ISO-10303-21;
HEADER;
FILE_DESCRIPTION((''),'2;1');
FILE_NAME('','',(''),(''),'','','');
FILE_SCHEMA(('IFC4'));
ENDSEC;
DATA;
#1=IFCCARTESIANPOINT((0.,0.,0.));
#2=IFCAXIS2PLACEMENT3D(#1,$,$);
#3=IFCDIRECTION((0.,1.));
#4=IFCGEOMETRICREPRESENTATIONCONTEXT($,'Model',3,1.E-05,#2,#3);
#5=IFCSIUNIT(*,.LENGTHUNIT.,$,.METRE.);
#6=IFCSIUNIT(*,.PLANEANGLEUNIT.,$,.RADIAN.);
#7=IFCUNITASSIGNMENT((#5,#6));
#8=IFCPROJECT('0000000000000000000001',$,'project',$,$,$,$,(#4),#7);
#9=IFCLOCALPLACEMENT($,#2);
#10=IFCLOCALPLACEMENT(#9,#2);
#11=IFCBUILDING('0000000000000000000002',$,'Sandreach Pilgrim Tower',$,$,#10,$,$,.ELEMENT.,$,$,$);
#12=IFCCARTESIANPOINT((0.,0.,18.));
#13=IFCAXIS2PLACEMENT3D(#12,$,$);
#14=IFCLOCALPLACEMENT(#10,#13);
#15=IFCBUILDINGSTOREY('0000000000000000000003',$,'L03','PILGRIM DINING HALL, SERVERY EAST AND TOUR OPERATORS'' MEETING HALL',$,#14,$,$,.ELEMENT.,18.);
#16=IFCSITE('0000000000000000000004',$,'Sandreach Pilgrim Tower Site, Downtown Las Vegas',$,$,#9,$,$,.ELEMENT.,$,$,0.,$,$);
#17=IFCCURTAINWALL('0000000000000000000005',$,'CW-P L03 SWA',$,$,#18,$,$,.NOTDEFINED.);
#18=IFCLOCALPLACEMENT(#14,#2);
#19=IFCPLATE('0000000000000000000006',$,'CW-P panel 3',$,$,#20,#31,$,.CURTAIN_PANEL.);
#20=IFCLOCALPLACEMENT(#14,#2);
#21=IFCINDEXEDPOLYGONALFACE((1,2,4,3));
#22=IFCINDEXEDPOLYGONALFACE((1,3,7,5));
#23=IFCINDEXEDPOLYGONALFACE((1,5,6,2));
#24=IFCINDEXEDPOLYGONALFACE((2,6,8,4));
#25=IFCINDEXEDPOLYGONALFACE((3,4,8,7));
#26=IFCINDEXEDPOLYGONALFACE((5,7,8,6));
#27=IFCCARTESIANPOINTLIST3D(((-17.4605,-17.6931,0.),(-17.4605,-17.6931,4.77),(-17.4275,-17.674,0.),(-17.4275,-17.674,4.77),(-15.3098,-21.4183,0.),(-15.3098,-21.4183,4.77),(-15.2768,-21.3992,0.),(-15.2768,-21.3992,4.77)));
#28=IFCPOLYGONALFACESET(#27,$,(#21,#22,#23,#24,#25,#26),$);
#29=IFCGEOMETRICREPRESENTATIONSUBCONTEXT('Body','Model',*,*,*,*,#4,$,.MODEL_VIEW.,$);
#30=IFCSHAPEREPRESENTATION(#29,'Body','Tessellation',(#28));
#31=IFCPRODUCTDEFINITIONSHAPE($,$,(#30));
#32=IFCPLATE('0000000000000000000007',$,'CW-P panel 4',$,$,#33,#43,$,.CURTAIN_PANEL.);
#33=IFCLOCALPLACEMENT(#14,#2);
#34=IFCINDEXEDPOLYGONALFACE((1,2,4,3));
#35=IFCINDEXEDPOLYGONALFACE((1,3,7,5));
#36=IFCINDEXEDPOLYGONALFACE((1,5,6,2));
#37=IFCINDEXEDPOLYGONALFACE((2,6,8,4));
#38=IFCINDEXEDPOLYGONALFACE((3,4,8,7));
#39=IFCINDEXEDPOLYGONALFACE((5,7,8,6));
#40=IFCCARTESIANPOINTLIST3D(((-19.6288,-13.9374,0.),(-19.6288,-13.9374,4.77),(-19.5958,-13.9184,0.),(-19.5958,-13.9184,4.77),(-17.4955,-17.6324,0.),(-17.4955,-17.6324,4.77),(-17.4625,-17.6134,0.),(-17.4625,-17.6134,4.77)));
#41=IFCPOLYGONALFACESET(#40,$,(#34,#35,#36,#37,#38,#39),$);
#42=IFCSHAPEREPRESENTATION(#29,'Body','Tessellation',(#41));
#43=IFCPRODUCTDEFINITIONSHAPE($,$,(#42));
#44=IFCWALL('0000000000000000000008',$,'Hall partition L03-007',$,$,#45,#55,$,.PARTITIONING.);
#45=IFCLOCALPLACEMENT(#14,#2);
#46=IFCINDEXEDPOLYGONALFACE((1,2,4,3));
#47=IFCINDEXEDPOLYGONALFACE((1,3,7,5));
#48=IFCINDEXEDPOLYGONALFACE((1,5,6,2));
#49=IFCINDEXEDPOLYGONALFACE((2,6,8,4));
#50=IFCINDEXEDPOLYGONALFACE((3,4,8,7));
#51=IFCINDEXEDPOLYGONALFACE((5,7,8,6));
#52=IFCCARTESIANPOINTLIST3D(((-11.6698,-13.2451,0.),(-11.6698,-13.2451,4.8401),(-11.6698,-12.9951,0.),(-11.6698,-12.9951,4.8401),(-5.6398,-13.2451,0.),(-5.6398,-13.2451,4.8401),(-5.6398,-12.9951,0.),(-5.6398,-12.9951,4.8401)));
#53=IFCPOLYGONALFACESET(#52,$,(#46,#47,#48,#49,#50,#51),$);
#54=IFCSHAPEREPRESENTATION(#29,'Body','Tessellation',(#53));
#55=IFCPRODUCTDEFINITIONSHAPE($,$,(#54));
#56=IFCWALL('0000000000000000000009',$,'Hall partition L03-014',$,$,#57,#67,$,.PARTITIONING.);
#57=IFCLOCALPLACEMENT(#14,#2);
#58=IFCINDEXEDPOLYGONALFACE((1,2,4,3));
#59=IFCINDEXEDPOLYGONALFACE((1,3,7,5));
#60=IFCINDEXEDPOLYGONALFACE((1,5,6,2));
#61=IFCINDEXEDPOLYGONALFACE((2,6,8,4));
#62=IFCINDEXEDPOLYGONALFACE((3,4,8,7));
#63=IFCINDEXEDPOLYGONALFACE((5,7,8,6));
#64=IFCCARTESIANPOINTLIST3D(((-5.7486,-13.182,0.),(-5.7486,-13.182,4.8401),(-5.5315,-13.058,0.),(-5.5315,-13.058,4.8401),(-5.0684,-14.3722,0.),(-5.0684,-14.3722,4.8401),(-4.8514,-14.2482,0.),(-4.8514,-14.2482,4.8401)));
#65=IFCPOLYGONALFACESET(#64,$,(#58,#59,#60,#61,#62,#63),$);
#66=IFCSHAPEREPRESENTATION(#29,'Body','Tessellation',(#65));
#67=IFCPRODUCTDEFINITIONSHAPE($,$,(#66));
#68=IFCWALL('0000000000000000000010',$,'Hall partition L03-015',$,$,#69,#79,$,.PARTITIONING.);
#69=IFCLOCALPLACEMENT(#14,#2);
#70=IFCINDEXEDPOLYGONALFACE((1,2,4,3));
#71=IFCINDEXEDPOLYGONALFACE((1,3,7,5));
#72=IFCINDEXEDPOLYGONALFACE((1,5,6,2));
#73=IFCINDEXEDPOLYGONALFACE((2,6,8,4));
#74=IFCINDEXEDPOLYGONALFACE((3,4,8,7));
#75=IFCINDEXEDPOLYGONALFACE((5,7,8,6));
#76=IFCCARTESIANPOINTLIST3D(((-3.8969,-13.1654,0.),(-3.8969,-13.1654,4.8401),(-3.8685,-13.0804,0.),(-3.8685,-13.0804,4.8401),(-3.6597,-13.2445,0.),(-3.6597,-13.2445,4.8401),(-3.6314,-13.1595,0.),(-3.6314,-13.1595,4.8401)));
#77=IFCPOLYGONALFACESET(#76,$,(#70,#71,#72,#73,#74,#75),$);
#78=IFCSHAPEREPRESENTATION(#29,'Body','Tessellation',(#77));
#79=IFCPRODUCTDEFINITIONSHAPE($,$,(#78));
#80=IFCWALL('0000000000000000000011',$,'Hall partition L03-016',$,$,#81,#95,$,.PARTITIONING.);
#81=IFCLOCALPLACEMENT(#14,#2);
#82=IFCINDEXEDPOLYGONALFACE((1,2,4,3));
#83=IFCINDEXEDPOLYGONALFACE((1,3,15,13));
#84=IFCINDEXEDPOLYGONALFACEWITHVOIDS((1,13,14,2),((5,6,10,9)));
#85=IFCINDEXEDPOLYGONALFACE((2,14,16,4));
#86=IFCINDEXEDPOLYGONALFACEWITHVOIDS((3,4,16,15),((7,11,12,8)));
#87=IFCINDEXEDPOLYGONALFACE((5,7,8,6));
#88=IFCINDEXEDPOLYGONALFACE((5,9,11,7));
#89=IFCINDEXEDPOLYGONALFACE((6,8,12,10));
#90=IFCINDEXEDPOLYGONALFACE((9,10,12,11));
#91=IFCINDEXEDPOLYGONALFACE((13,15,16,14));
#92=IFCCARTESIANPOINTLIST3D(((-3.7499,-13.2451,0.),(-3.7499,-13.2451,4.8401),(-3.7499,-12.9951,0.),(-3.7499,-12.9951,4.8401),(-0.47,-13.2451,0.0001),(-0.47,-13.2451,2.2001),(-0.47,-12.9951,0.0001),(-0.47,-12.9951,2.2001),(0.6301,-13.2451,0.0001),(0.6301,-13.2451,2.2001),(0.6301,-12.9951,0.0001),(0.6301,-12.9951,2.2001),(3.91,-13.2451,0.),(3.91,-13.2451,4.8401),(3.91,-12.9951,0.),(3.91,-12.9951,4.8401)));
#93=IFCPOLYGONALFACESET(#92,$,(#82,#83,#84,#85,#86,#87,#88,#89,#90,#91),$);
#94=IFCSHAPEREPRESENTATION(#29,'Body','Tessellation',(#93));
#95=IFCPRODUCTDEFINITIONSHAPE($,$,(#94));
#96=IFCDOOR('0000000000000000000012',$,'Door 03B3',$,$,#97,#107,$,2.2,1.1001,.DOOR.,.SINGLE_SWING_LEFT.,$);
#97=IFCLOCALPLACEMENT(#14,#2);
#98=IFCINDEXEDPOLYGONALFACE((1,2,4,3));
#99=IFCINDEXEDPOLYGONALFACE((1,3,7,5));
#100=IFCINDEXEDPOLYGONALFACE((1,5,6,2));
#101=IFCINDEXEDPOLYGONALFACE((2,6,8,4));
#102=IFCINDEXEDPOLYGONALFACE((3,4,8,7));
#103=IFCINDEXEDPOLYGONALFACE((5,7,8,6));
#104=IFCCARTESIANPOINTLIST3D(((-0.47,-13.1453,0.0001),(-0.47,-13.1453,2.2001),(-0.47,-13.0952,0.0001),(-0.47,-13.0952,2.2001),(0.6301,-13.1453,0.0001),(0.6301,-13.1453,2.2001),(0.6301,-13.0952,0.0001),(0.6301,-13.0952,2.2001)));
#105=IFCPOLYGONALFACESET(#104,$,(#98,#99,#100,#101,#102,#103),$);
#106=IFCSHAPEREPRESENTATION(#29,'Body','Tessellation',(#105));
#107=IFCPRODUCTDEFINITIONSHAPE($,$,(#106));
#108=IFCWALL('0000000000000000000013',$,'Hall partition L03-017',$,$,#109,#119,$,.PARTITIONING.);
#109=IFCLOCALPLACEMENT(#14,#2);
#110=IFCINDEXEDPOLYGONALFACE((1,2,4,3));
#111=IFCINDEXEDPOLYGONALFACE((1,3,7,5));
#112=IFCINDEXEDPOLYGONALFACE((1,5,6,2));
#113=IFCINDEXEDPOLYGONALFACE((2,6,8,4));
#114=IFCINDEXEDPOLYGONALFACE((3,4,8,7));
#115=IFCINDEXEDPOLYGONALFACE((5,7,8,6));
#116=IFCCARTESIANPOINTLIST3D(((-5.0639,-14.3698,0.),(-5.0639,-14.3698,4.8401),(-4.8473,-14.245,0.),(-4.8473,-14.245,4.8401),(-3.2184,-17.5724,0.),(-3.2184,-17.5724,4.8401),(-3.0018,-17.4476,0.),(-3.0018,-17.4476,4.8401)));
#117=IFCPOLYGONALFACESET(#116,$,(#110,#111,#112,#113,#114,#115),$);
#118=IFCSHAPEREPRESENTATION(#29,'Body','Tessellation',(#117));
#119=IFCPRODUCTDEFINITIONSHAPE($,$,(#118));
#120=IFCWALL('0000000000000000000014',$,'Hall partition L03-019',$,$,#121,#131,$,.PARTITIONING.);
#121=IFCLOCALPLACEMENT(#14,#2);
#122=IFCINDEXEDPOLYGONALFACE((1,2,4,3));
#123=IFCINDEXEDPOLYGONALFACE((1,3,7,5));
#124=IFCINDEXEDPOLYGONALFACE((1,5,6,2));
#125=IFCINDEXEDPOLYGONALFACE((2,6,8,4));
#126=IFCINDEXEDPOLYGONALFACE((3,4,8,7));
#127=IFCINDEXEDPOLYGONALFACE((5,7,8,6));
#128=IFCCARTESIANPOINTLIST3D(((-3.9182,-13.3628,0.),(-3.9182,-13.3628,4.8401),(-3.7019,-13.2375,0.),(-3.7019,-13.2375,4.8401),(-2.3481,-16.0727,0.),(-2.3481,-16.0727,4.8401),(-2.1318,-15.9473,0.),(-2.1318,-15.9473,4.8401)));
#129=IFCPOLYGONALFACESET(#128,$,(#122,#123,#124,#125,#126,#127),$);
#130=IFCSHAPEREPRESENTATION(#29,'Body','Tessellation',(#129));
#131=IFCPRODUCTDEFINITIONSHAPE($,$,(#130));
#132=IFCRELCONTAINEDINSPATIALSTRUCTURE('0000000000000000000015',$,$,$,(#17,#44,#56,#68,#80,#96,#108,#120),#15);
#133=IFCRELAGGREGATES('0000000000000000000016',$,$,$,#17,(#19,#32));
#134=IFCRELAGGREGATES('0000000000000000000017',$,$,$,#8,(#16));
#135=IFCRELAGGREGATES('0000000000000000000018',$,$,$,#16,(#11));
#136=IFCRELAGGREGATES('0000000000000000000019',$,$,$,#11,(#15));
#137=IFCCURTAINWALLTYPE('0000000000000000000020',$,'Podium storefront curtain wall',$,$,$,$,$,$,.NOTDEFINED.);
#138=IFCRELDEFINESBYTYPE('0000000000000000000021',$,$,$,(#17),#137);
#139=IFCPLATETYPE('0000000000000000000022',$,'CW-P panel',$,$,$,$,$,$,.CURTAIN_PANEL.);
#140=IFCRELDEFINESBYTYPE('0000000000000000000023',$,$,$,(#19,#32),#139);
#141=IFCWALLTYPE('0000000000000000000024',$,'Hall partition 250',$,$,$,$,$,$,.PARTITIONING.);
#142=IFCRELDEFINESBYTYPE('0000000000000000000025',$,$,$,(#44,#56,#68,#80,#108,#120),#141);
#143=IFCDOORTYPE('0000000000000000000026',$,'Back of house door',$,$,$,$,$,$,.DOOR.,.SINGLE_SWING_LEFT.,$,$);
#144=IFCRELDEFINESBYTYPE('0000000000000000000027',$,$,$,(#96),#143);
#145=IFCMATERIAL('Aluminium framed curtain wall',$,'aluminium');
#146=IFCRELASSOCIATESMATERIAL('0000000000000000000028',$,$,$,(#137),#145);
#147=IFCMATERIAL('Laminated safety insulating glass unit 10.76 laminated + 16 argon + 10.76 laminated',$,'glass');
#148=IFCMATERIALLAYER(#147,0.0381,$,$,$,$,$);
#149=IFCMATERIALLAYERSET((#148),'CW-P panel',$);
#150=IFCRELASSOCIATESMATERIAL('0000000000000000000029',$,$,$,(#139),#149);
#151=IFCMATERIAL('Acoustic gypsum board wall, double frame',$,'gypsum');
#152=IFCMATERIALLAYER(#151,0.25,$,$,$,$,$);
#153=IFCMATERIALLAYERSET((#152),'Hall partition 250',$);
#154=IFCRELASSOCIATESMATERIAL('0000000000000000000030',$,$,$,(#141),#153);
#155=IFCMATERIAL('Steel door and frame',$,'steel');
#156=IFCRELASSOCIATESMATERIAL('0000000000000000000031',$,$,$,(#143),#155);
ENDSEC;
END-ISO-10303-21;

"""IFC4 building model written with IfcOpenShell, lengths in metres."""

from ifc_helpers import new_model, si_unit, direction, frame, frame_2d, origin, origin_2d, place, context, subcontext, project, spatial, rectangle, extrude, material, layer, layer_set, type_object, element, fill, aggregate, save


model = new_model("IFC4")

# Units and contexts
model_context = context("Model", 3, precision=1e-05, world=origin(), true_north=direction((0.0, 1.0)))
body_context = subcontext(model_context, "Body", "Model", "MODEL_VIEW")
ifc_project = project(units=[si_unit("LENGTHUNIT", "METRE"), si_unit("PLANEANGLEUNIT", "RADIAN")], contexts=[model_context])

# Site, building, storey
site_placement = place(None, origin())
site = spatial("IfcSite", under=ifc_project, at=site_placement, Name="Sandreach Pilgrim Tower Site, Downtown Las Vegas", CompositionType="ELEMENT", RefElevation=0.0)
building_placement = place(site_placement, origin())
building = spatial("IfcBuilding", under=site, at=building_placement, Name="Sandreach Pilgrim Tower", CompositionType="ELEMENT")
storey_placement = place(building_placement, frame((0.0, 0.0, 18.0)))
storey = spatial("IfcBuildingStorey", under=building, at=storey_placement, Name="L03", Description="PILGRIM DINING HALL, SERVERY EAST AND TOUR OPERATORS' MEETING HALL", CompositionType="ELEMENT", Elevation=18.0)

# Curtain wall
ifc_material_1 = material(Name="Aluminium framed curtain wall", Category="aluminium")
curtain_wall_type = type_object("IfcCurtainWallType", Name="Podium storefront curtain wall", PredefinedType="NOTDEFINED", material=ifc_material_1)
curtain_wall_placement = place(storey_placement, origin())
curtain_wall = element("IfcCurtainWall", 1, at=curtain_wall_placement, inside=storey, type_object=curtain_wall_type, Name="CW-P L03 SWA", PredefinedType="NOTDEFINED")

# Plates
ifc_material_2 = material(Name="Laminated safety insulating glass unit 10.76 laminated + 16 argon + 10.76 laminated", Category="glass")
ifc_layer_1 = layer(ifc_material_2, 0.0381)
ifc_layer_set_1 = layer_set([ifc_layer_1], Name="CW-P panel")
plate_type = type_object("IfcPlateType", Name="CW-P panel", PredefinedType="CURTAIN_PANEL", material=ifc_layer_set_1)
plate_1_placement = place(storey_placement, frame((-16.3687, -19.5461, 0.0), z_axis=(0.0, 0.0, 1.0), x_axis=(-0.5, 0.866025, 0.0)))
plate_1 = element("IfcPlate", 2, at=plate_1_placement, type_object=plate_type, Name="CW-P panel 3", PredefinedType="CURTAIN_PANEL", context=body_context, shape_type="SweptSolid", body=[
    extrude(rectangle(XDim=4.3015, YDim=0.0381, at=origin_2d()), origin(), (0.0, 0.0, 1.0), 4.77),
])
plate_2_placement = place(storey_placement, frame((-18.5457, -15.7754, 0.0), z_axis=(0.0, 0.0, 1.0), x_axis=(-0.5, 0.866025, 0.0)))
plate_2 = element("IfcPlate", 3, at=plate_2_placement, type_object=plate_type, Name="CW-P panel 4", PredefinedType="CURTAIN_PANEL", context=body_context, shape_type="SweptSolid", body=[
    extrude(rectangle(XDim=4.2666, YDim=0.0381, at=origin_2d()), origin(), (0.0, 0.0, 1.0), 4.77),
])
aggregate(curtain_wall, [plate_1, plate_2])

# Walls
ifc_material_3 = material(Name="Acoustic gypsum board wall, double frame", Category="gypsum")
ifc_layer_2 = layer(ifc_material_3, 0.25)
ifc_layer_set_2 = layer_set([ifc_layer_2], Name="Hall partition 250")
wall_type_1 = type_object("IfcWallType", Name="Hall partition 250", PredefinedType="PARTITIONING", material=ifc_layer_set_2)
wall_1_placement = place(storey_placement, frame((-11.6699, -13.1201, 0.0), z_axis=(0.0, 0.0, 1.0), x_axis=(1.0, 0.0, 0.0)))
element("IfcWall", 4, at=wall_1_placement, inside=storey, type_object=wall_type_1, Name="Hall partition L03-007", PredefinedType="PARTITIONING", context=body_context, shape_type="SweptSolid", body=[
    extrude(rectangle(XDim=6.03, YDim=0.25, at=frame_2d((3.0151, 0.0))), origin(), (0.0, 0.0, 1.0), 4.8401),
])
wall_2_placement = place(storey_placement, frame((-5.6401, -13.1199, 0.0), z_axis=(0.0, 0.0, 1.0), x_axis=(0.496177, -0.868221, 0.0)))
element("IfcWall", 5, at=wall_2_placement, inside=storey, type_object=wall_type_1, Name="Hall partition L03-014", PredefinedType="PARTITIONING", context=body_context, shape_type="SweptSolid", body=[
    extrude(rectangle(XDim=1.3708, YDim=0.25, at=frame_2d((0.6855, 0.0))), origin(), (0.0, 0.0, 1.0), 4.8401),
])
wall_3_placement = place(storey_placement, frame((-3.7783, -13.2051, 0.0), z_axis=(0.0, 0.0, 1.0), x_axis=(0.316228, 0.948683, 0.0)))
element("IfcWall", 6, at=wall_3_placement, inside=storey, type_object=wall_type_1, Name="Hall partition L03-015", PredefinedType="PARTITIONING", context=body_context, shape_type="SweptSolid", body=[
    extrude(rectangle(XDim=0.0896, YDim=0.25, at=frame_2d((0.0449, 0.0))), origin(), (0.0, 0.0, 1.0), 4.8401),
])

# Wall, opening, door
wall_4_placement = place(storey_placement, frame((-3.75, -13.1201, 0.0), z_axis=(0.0, 0.0, 1.0), x_axis=(1.0, 0.0, 0.0)))
wall_4 = element("IfcWall", 7, at=wall_4_placement, inside=storey, type_object=wall_type_1, Name="Hall partition L03-016", PredefinedType="PARTITIONING", context=body_context, shape_type="SweptSolid", body=[
    extrude(rectangle(XDim=7.6599, YDim=0.25, at=frame_2d((3.8301, 0.0))), origin(), (0.0, 0.0, 1.0), 4.8401),
])
opening_1_placement = place(wall_4_placement, frame((3.28, 0.0, 0.0)))
opening_1 = element("IfcOpeningElement", 8, at=opening_1_placement, cuts=wall_4, PredefinedType="OPENING", context=body_context, shape_type="SweptSolid", body=[
    extrude(rectangle(XDim=1.1001, YDim=2.2, at=frame_2d((0.55, 1.1001))), frame((0.0, 0.125, 0.0), z_axis=(0.0, -1.0, 0.0), x_axis=(1.0, 0.0, 0.0)), (0.0, 0.0, 1.0), 0.25),
])
ifc_material_4 = material(Name="Steel door and frame", Category="steel")
door_type_1 = type_object("IfcDoorType", Name="Back of house door", OperationType="SINGLE_SWING_LEFT", PredefinedType="DOOR", material=ifc_material_4)
door_1_placement = place(opening_1_placement, origin())
door_1 = element("IfcDoor", 9, at=door_1_placement, inside=storey, type_object=door_type_1, Name="Door 03B3", OperationType="SINGLE_SWING_LEFT", OverallHeight=2.2, OverallWidth=1.1001, PredefinedType="DOOR", context=body_context, shape_type="SweptSolid", body=[
    extrude(rectangle(XDim=1.1001, YDim=2.2, at=frame_2d((0.55, 1.1001))), frame((0.0, 0.0249, 0.0), z_axis=(0.0, -1.0, 0.0), x_axis=(1.0, 0.0, 0.0)), (0.0, 0.0, 1.0), 0.05),
])
fill(opening_1, door_1)

# Wall
wall_5_placement = place(storey_placement, frame((-3.1101, -17.51, 0.0), z_axis=(0.0, 0.0, 1.0), x_axis=(-0.499273, 0.866445, 0.0)))
element("IfcWall", 10, at=wall_5_placement, inside=storey, type_object=wall_type_1, Name="Hall partition L03-017", PredefinedType="PARTITIONING", context=body_context, shape_type="SweptSolid", body=[
    extrude(rectangle(XDim=3.6963, YDim=0.25, at=frame_2d((1.8481, 0.0))), origin(), (0.0, 0.0, 1.0), 4.8401),
])

# Wall
wall_6_placement = place(storey_placement, frame((-2.24, -16.01, 0.0), z_axis=(0.0, 0.0, 1.0), x_axis=(-0.50131, 0.865268, 0.0)))
element("IfcWall", 11, at=wall_6_placement, inside=storey, type_object=wall_type_1, Name="Hall partition L03-019", PredefinedType="PARTITIONING", context=body_context, shape_type="SweptSolid", body=[
    extrude(rectangle(XDim=3.1318, YDim=0.25, at=frame_2d((1.5659, 0.0))), origin(), (0.0, 0.0, 1.0), 4.8401),
])

save(model, "model.ifc")
